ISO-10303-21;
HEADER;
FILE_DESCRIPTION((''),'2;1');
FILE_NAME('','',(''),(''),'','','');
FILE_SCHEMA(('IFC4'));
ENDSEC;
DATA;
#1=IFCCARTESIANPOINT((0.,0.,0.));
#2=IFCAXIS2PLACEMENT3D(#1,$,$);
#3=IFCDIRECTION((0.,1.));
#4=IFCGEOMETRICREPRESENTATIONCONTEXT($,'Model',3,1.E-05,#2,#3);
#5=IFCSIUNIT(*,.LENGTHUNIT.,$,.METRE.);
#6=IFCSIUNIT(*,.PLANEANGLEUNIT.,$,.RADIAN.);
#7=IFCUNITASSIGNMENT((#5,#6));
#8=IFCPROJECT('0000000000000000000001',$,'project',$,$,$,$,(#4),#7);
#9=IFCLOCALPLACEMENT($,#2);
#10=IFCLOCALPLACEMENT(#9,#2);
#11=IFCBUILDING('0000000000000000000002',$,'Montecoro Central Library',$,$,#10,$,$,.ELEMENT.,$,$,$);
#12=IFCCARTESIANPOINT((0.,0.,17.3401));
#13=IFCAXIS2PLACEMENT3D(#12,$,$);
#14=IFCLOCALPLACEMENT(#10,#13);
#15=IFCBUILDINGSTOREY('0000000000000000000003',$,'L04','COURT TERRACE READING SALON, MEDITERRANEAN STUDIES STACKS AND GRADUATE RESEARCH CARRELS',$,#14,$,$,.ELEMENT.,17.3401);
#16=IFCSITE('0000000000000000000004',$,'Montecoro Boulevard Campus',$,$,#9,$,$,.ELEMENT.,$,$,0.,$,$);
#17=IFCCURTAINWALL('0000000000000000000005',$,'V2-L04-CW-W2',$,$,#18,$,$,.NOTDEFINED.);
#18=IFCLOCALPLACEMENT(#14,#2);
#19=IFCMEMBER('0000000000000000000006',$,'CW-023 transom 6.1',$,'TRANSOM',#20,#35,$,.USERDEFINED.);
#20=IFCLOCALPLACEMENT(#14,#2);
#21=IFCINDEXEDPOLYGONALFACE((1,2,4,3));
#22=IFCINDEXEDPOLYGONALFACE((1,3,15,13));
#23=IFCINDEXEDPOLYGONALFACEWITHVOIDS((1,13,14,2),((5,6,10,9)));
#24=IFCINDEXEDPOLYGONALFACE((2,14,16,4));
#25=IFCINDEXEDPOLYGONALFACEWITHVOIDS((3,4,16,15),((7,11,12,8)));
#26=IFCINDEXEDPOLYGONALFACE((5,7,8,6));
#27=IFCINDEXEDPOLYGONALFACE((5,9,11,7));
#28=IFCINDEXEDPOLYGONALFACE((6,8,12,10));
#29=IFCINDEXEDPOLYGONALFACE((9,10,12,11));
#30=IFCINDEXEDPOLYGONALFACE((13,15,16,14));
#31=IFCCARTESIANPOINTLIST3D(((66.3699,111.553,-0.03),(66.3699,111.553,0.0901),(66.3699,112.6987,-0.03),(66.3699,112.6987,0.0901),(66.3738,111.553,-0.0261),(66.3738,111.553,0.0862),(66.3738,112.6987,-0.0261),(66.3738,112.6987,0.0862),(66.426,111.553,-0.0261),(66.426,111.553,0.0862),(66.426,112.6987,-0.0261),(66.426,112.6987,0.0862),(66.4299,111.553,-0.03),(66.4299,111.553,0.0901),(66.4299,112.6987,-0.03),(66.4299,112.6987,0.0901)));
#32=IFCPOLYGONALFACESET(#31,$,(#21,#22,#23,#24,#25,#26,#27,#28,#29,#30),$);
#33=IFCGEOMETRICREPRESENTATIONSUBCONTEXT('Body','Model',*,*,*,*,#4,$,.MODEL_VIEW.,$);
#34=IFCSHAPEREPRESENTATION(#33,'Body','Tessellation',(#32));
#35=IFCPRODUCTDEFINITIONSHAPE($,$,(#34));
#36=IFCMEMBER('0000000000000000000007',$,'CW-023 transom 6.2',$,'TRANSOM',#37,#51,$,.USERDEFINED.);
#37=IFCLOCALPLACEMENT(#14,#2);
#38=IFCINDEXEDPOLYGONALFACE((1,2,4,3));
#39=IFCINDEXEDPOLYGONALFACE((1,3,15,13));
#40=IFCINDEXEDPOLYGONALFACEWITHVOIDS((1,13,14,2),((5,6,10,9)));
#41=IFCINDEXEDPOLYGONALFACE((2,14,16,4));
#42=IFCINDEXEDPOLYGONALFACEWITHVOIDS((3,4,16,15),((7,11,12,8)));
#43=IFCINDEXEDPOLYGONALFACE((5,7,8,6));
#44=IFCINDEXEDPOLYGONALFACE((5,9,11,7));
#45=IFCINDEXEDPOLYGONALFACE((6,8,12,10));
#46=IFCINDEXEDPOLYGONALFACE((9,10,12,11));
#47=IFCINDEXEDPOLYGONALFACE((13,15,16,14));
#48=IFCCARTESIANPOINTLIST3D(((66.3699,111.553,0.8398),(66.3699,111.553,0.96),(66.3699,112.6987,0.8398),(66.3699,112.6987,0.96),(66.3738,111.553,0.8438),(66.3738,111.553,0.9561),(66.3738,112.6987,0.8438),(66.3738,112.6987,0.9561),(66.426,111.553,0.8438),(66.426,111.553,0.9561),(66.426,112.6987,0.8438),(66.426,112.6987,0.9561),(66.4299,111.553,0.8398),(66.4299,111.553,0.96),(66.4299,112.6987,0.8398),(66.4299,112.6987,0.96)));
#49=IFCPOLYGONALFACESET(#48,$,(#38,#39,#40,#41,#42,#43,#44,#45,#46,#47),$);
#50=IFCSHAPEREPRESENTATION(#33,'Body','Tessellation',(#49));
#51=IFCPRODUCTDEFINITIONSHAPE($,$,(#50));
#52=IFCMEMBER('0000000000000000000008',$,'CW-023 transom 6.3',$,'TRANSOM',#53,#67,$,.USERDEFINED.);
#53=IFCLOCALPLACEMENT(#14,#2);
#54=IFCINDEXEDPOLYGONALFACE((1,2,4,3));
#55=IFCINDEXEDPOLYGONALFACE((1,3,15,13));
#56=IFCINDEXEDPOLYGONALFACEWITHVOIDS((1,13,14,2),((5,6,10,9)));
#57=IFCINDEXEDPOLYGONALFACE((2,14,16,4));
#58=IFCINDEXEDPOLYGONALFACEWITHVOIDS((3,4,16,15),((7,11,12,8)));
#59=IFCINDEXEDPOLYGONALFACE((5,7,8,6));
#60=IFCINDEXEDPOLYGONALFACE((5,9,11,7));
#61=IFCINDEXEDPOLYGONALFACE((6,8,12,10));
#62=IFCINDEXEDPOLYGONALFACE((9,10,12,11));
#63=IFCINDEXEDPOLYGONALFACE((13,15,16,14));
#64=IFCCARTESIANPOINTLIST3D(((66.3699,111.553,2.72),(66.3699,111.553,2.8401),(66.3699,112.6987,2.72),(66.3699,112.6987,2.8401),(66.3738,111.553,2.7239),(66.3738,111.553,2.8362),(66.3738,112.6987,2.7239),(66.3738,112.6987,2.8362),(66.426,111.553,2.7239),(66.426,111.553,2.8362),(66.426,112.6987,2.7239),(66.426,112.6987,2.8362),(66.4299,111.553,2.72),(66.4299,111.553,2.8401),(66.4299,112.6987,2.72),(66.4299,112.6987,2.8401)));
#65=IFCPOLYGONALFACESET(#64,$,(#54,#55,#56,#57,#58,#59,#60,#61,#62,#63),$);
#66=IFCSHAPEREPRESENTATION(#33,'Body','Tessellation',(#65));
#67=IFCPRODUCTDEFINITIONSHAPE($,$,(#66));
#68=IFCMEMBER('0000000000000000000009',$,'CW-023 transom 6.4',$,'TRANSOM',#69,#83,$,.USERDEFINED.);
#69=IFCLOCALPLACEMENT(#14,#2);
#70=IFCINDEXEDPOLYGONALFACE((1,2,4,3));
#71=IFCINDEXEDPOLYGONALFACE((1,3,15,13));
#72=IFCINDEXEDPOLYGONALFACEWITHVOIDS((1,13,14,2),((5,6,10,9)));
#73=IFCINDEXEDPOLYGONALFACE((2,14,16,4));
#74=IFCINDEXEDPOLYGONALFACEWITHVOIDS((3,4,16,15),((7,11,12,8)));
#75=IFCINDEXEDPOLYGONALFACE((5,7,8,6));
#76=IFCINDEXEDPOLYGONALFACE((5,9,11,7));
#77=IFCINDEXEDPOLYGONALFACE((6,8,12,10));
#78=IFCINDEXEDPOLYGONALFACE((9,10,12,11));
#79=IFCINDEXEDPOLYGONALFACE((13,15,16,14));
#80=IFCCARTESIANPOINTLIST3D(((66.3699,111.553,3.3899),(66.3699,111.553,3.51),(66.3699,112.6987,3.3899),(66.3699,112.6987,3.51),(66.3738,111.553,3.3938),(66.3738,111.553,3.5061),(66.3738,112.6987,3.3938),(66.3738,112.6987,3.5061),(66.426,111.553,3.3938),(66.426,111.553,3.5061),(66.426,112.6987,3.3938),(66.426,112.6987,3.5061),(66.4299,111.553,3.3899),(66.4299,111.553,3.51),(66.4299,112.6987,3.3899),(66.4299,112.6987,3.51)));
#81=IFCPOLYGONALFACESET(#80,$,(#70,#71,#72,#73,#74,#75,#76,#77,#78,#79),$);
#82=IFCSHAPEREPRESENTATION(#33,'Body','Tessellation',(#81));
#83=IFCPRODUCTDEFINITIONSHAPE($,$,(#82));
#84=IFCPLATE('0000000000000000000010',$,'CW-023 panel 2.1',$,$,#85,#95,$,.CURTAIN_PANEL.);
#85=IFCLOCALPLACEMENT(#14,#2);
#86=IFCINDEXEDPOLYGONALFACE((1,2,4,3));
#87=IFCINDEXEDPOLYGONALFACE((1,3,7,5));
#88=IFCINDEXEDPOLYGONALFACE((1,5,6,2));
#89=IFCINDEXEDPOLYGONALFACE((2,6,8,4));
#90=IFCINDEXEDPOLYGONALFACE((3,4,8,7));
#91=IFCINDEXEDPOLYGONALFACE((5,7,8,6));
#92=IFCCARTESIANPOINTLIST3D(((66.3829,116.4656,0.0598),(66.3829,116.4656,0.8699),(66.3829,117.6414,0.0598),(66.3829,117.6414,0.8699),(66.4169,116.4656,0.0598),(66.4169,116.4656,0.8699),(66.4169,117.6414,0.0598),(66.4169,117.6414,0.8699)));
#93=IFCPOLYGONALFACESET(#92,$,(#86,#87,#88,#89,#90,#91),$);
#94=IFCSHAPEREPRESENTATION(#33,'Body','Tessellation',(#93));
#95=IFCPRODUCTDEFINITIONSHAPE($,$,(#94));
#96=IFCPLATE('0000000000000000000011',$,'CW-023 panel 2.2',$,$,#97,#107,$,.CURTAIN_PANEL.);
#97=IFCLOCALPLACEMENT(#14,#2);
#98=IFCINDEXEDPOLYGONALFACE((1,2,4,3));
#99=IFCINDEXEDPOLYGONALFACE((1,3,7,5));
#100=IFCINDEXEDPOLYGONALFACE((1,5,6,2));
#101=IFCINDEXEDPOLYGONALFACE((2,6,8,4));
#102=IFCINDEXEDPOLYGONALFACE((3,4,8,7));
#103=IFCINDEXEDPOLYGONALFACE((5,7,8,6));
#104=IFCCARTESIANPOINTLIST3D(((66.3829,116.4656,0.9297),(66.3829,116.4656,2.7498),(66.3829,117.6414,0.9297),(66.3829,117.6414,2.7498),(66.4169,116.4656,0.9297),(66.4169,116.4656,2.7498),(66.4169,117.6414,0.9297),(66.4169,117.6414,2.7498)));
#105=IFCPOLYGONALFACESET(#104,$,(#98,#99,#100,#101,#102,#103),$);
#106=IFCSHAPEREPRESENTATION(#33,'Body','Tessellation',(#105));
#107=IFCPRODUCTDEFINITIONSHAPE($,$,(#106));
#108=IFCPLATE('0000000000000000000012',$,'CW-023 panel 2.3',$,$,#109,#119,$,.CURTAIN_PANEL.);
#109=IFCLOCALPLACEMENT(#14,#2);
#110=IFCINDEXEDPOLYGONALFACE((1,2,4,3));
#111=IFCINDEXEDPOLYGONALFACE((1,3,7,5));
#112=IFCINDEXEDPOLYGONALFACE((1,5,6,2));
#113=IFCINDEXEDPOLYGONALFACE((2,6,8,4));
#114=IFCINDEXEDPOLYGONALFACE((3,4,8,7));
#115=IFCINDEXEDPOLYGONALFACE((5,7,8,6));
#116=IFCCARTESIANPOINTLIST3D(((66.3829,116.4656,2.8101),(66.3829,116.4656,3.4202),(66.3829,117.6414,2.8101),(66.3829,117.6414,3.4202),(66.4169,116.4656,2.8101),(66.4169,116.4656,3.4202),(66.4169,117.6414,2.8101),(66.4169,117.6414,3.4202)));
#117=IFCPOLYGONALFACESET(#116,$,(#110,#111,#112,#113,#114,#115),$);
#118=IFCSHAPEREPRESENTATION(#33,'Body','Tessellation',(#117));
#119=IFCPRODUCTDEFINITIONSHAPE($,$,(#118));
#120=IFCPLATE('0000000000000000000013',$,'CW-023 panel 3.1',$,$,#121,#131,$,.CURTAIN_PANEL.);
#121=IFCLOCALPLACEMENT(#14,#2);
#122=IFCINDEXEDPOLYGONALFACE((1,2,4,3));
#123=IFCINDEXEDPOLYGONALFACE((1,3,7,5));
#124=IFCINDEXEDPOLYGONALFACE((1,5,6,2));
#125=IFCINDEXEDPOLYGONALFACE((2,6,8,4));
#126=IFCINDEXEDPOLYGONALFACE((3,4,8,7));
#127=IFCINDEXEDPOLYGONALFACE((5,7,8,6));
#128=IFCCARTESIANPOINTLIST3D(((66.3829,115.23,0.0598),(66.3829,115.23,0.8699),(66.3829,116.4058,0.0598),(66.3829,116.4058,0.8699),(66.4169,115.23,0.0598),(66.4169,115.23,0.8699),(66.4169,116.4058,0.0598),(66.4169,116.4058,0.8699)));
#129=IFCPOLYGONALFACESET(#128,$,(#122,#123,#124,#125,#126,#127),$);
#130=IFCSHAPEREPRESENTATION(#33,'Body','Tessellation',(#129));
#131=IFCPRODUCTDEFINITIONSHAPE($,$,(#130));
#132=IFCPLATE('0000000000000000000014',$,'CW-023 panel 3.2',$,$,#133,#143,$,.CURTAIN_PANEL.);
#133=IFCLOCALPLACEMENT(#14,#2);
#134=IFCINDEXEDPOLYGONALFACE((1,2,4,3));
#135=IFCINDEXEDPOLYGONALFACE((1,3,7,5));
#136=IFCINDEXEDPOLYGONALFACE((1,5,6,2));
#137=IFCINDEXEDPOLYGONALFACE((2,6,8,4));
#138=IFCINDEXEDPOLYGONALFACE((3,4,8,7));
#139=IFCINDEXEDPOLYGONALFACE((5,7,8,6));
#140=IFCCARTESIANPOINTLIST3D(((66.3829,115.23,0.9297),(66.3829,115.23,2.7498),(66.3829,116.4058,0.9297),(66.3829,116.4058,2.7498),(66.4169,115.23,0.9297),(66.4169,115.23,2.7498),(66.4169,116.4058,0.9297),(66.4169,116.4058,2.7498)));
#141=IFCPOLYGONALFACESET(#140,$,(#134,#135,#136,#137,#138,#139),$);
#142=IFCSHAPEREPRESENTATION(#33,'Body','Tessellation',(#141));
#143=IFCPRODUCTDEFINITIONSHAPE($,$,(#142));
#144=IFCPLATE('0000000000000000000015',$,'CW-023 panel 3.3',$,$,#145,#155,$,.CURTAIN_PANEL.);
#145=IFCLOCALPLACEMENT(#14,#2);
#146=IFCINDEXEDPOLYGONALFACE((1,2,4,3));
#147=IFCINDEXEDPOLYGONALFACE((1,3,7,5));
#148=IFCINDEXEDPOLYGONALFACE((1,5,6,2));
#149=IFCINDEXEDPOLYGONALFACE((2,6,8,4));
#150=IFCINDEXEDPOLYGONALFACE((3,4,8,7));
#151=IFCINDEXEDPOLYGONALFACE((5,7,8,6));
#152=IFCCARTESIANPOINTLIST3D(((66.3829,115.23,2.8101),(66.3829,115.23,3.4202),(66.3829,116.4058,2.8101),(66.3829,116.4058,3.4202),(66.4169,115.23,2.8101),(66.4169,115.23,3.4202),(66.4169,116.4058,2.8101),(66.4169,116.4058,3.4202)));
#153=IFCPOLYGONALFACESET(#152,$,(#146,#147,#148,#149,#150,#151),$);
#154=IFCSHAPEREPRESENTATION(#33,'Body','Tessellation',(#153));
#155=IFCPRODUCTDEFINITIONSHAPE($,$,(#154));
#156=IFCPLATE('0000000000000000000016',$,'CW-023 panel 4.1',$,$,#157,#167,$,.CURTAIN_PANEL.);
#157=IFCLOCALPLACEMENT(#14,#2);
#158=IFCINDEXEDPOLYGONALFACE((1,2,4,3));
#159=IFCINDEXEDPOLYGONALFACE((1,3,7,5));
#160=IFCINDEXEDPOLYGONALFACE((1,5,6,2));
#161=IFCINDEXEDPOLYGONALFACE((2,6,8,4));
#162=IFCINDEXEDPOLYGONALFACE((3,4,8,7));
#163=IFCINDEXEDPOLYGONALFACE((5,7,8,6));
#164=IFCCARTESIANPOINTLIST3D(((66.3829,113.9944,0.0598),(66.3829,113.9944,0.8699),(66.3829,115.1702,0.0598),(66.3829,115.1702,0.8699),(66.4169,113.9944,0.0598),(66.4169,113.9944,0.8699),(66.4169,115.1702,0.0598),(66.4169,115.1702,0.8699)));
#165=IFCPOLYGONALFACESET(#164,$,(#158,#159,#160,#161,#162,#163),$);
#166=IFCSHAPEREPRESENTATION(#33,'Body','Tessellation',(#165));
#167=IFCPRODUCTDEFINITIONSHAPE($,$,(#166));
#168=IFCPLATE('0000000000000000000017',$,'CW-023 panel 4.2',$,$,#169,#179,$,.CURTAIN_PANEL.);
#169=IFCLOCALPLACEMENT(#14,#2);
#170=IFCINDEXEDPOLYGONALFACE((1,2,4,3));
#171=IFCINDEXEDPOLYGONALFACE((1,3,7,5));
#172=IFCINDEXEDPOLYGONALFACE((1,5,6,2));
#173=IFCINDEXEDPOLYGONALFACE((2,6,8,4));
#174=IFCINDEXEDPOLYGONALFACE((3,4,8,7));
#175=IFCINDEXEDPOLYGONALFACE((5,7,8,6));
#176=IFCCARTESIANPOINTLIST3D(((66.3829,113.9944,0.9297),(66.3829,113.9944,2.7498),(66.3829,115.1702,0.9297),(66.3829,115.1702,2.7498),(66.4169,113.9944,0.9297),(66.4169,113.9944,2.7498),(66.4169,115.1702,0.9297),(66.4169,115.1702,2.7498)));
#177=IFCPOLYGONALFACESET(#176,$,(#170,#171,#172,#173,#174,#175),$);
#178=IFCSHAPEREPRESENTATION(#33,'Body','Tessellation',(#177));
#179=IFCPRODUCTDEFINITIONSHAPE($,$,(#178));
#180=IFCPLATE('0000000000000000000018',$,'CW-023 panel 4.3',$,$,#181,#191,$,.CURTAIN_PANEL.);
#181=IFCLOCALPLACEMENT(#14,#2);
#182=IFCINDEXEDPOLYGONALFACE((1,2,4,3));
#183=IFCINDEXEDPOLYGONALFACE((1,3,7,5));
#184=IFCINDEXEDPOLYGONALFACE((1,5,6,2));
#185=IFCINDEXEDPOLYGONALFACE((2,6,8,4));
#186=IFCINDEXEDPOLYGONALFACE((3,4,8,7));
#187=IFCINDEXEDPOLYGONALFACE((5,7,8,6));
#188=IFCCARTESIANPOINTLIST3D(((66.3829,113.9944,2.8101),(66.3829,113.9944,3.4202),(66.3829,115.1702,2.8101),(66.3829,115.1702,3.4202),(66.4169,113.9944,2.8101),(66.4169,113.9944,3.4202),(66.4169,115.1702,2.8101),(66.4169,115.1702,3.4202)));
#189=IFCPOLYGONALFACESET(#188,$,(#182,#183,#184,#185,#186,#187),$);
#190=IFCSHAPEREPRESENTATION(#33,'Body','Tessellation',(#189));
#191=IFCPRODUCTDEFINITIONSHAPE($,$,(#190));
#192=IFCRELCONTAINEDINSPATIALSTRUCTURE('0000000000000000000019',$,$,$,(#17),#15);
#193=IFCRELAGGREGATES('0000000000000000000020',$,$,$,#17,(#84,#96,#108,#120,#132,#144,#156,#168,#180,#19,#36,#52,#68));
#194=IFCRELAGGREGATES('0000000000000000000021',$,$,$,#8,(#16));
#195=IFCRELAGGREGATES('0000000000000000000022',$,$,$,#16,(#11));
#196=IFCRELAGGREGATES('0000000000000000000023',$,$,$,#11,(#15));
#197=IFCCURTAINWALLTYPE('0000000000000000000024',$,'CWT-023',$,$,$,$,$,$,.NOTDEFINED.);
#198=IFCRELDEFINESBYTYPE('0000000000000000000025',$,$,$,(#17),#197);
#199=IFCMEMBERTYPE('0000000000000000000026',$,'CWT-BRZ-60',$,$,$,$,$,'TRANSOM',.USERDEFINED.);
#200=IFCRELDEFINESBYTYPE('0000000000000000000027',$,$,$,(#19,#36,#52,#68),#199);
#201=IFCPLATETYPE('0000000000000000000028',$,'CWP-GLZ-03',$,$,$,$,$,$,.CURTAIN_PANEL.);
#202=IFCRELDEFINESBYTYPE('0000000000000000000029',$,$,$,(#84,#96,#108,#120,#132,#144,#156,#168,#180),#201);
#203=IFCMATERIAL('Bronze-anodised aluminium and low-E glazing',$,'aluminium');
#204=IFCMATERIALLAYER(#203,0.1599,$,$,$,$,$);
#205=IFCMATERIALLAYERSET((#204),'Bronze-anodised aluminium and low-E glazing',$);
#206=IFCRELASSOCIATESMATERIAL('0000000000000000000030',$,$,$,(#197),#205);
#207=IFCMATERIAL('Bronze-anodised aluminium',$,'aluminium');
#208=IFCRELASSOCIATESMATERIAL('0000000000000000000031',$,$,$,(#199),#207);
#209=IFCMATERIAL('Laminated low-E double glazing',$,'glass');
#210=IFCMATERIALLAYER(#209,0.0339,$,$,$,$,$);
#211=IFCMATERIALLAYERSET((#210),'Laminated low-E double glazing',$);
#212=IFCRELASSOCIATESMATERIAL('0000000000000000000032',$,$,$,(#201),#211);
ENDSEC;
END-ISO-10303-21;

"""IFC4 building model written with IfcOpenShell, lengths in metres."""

from ifc_helpers import new_model, si_unit, direction, frame, origin, origin_2d, place, context, subcontext, project, spatial, rectangle, hollow_rectangle, extrude, material, layer, layer_set, material_profile, profile_set, type_object, element, aggregate, save


model = new_model("IFC4")

# Units and contexts
model_context = context("Model", 3, precision=1e-05, world=origin(), true_north=direction((0.0, 1.0)))
body_context = subcontext(model_context, "Body", "Model", "MODEL_VIEW")
ifc_project = project(units=[si_unit("LENGTHUNIT", "METRE"), si_unit("PLANEANGLEUNIT", "RADIAN")], contexts=[model_context])

# Site, building, storey
site_placement = place(None, origin())
site = spatial("IfcSite", under=ifc_project, at=site_placement, Name="Montecoro Boulevard Campus", CompositionType="ELEMENT", RefElevation=0.0)
building_placement = place(site_placement, origin())
building = spatial("IfcBuilding", under=site, at=building_placement, Name="Montecoro Central Library", CompositionType="ELEMENT")
storey_placement = place(building_placement, frame((0.0, 0.0, 17.3401)))
storey = spatial("IfcBuildingStorey", under=building, at=storey_placement, Name="L04", Description="COURT TERRACE READING SALON, MEDITERRANEAN STUDIES STACKS AND GRADUATE RESEARCH CARRELS", CompositionType="ELEMENT", Elevation=17.3401)

# Curtain wall, members, plates
ifc_material_1 = material(Name="Bronze-anodised aluminium and low-E glazing", Category="aluminium")
ifc_layer_1 = layer(ifc_material_1, 0.1599)
ifc_layer_set_1 = layer_set([ifc_layer_1], Name="Bronze-anodised aluminium and low-E glazing")
curtain_wall_type = type_object("IfcCurtainWallType", Name="CWT-023", PredefinedType="NOTDEFINED", material=ifc_layer_set_1)
curtain_wall_placement = place(storey_placement, origin())
curtain_wall = element("IfcCurtainWall", 1, at=curtain_wall_placement, inside=storey, type_object=curtain_wall_type, Name="V2-L04-CW-W2", PredefinedType="NOTDEFINED")
ifc_material_2 = material(Name="Bronze-anodised aluminium", Category="aluminium")
ifc_material_profile_1 = material_profile(ifc_material_2, hollow_rectangle(XDim=0.0601, YDim=0.1201, WallThickness=0.0039, at=origin_2d()), Name="CWT 120x60x4.0")
ifc_profile_set_1 = profile_set([ifc_material_profile_1], Name="Bronze-anodised aluminium")
member_type_1 = type_object("IfcMemberType", Name="CWT-BRZ-60", ElementType="TRANSOM", PredefinedType="USERDEFINED", material=ifc_profile_set_1)
member_1_placement = place(storey_placement, frame((66.3999, 112.6987, 0.03), z_axis=(0.0, -1.0, 0.0), x_axis=(1.0, 0.0, 0.0)))
member_1 = element("IfcMember", 2, at=member_1_placement, type_object=member_type_1, Name="CW-023 transom 6.1", ObjectType="TRANSOM", PredefinedType="USERDEFINED", context=body_context, shape_type="SweptSolid", body=[
    extrude(hollow_rectangle(XDim=0.0601, YDim=0.1201, WallThickness=0.0039, at=origin_2d()), origin(), (0.0, 0.0, 1.0), 1.1458),
])
member_2_placement = place(storey_placement, frame((66.3999, 112.6987, 0.8999), z_axis=(0.0, -1.0, 0.0), x_axis=(1.0, 0.0, 0.0)))
member_2 = element("IfcMember", 3, at=member_2_placement, type_object=member_type_1, Name="CW-023 transom 6.2", ObjectType="TRANSOM", PredefinedType="USERDEFINED", context=body_context, shape_type="SweptSolid", body=[
    extrude(hollow_rectangle(XDim=0.0601, YDim=0.1201, WallThickness=0.0039, at=origin_2d()), origin(), (0.0, 0.0, 1.0), 1.1458),
])
member_3_placement = place(storey_placement, frame((66.3999, 112.6987, 2.78), z_axis=(0.0, -1.0, 0.0), x_axis=(1.0, 0.0, 0.0)))
member_3 = element("IfcMember", 4, at=member_3_placement, type_object=member_type_1, Name="CW-023 transom 6.3", ObjectType="TRANSOM", PredefinedType="USERDEFINED", context=body_context, shape_type="SweptSolid", body=[
    extrude(hollow_rectangle(XDim=0.0601, YDim=0.1201, WallThickness=0.0039, at=origin_2d()), origin(), (0.0, 0.0, 1.0), 1.1458),
])
member_4_placement = place(storey_placement, frame((66.3999, 112.6987, 3.45), z_axis=(0.0, -1.0, 0.0), x_axis=(1.0, 0.0, 0.0)))
member_4 = element("IfcMember", 5, at=member_4_placement, type_object=member_type_1, Name="CW-023 transom 6.4", ObjectType="TRANSOM", PredefinedType="USERDEFINED", context=body_context, shape_type="SweptSolid", body=[
    extrude(hollow_rectangle(XDim=0.0601, YDim=0.1201, WallThickness=0.0039, at=origin_2d()), origin(), (0.0, 0.0, 1.0), 1.1458),
])
ifc_material_3 = material(Name="Laminated low-E double glazing", Category="glass")
ifc_layer_2 = layer(ifc_material_3, 0.0339)
ifc_layer_set_2 = layer_set([ifc_layer_2], Name="Laminated low-E double glazing")
plate_type = type_object("IfcPlateType", Name="CWP-GLZ-03", PredefinedType="CURTAIN_PANEL", material=ifc_layer_set_2)
plate_1_placement = place(storey_placement, frame((66.3999, 117.0535, 0.0598), z_axis=(0.0, 0.0, 1.0), x_axis=(0.0, -1.0, 0.0)))
plate_1 = element("IfcPlate", 6, at=plate_1_placement, type_object=plate_type, Name="CW-023 panel 2.1", PredefinedType="CURTAIN_PANEL", context=body_context, shape_type="SweptSolid", body=[
    extrude(rectangle(XDim=1.1758, YDim=0.0339, at=origin_2d()), origin(), (0.0, 0.0, 1.0), 0.8101),
])
plate_2_placement = place(storey_placement, frame((66.3999, 117.0535, 0.9297), z_axis=(0.0, 0.0, 1.0), x_axis=(0.0, -1.0, 0.0)))
plate_2 = element("IfcPlate", 7, at=plate_2_placement, type_object=plate_type, Name="CW-023 panel 2.2", PredefinedType="CURTAIN_PANEL", context=body_context, shape_type="SweptSolid", body=[
    extrude(rectangle(XDim=1.1758, YDim=0.0339, at=origin_2d()), origin(), (0.0, 0.0, 1.0), 1.8201),
])
plate_3_placement = place(storey_placement, frame((66.3999, 117.0535, 2.8101), z_axis=(0.0, 0.0, 1.0), x_axis=(0.0, -1.0, 0.0)))
plate_3 = element("IfcPlate", 8, at=plate_3_placement, type_object=plate_type, Name="CW-023 panel 2.3", PredefinedType="CURTAIN_PANEL", context=body_context, shape_type="SweptSolid", body=[
    extrude(rectangle(XDim=1.1758, YDim=0.0339, at=origin_2d()), origin(), (0.0, 0.0, 1.0), 0.6101),
])
plate_4_placement = place(storey_placement, frame((66.3999, 115.8179, 0.0598), z_axis=(0.0, 0.0, 1.0), x_axis=(0.0, -1.0, 0.0)))
plate_4 = element("IfcPlate", 9, at=plate_4_placement, type_object=plate_type, Name="CW-023 panel 3.1", PredefinedType="CURTAIN_PANEL", context=body_context, shape_type="SweptSolid", body=[
    extrude(rectangle(XDim=1.1758, YDim=0.0339, at=origin_2d()), origin(), (0.0, 0.0, 1.0), 0.8101),
])
plate_5_placement = place(storey_placement, frame((66.3999, 115.8179, 0.9297), z_axis=(0.0, 0.0, 1.0), x_axis=(0.0, -1.0, 0.0)))
plate_5 = element("IfcPlate", 10, at=plate_5_placement, type_object=plate_type, Name="CW-023 panel 3.2", PredefinedType="CURTAIN_PANEL", context=body_context, shape_type="SweptSolid", body=[
    extrude(rectangle(XDim=1.1758, YDim=0.0339, at=origin_2d()), origin(), (0.0, 0.0, 1.0), 1.8201),
])
plate_6_placement = place(storey_placement, frame((66.3999, 115.8179, 2.8101), z_axis=(0.0, 0.0, 1.0), x_axis=(0.0, -1.0, 0.0)))
plate_6 = element("IfcPlate", 11, at=plate_6_placement, type_object=plate_type, Name="CW-023 panel 3.3", PredefinedType="CURTAIN_PANEL", context=body_context, shape_type="SweptSolid", body=[
    extrude(rectangle(XDim=1.1758, YDim=0.0339, at=origin_2d()), origin(), (0.0, 0.0, 1.0), 0.6101),
])
plate_7_placement = place(storey_placement, frame((66.3999, 114.5823, 0.0598), z_axis=(0.0, 0.0, 1.0), x_axis=(0.0, -1.0, 0.0)))
plate_7 = element("IfcPlate", 12, at=plate_7_placement, type_object=plate_type, Name="CW-023 panel 4.1", PredefinedType="CURTAIN_PANEL", context=body_context, shape_type="SweptSolid", body=[
    extrude(rectangle(XDim=1.1758, YDim=0.0339, at=origin_2d()), origin(), (0.0, 0.0, 1.0), 0.8101),
])
plate_8_placement = place(storey_placement, frame((66.3999, 114.5823, 0.9297), z_axis=(0.0, 0.0, 1.0), x_axis=(0.0, -1.0, 0.0)))
plate_8 = element("IfcPlate", 13, at=plate_8_placement, type_object=plate_type, Name="CW-023 panel 4.2", PredefinedType="CURTAIN_PANEL", context=body_context, shape_type="SweptSolid", body=[
    extrude(rectangle(XDim=1.1758, YDim=0.0339, at=origin_2d()), origin(), (0.0, 0.0, 1.0), 1.8201),
])
plate_9_placement = place(storey_placement, frame((66.3999, 114.5823, 2.8101), z_axis=(0.0, 0.0, 1.0), x_axis=(0.0, -1.0, 0.0)))
plate_9 = element("IfcPlate", 14, at=plate_9_placement, type_object=plate_type, Name="CW-023 panel 4.3", PredefinedType="CURTAIN_PANEL", context=body_context, shape_type="SweptSolid", body=[
    extrude(rectangle(XDim=1.1758, YDim=0.0339, at=origin_2d()), origin(), (0.0, 0.0, 1.0), 0.6101),
])
aggregate(curtain_wall, [plate_1, plate_2, plate_3, plate_4, plate_5, plate_6, plate_7, plate_8, plate_9, member_1, member_2, member_3, member_4])

save(model, "model.ifc")
